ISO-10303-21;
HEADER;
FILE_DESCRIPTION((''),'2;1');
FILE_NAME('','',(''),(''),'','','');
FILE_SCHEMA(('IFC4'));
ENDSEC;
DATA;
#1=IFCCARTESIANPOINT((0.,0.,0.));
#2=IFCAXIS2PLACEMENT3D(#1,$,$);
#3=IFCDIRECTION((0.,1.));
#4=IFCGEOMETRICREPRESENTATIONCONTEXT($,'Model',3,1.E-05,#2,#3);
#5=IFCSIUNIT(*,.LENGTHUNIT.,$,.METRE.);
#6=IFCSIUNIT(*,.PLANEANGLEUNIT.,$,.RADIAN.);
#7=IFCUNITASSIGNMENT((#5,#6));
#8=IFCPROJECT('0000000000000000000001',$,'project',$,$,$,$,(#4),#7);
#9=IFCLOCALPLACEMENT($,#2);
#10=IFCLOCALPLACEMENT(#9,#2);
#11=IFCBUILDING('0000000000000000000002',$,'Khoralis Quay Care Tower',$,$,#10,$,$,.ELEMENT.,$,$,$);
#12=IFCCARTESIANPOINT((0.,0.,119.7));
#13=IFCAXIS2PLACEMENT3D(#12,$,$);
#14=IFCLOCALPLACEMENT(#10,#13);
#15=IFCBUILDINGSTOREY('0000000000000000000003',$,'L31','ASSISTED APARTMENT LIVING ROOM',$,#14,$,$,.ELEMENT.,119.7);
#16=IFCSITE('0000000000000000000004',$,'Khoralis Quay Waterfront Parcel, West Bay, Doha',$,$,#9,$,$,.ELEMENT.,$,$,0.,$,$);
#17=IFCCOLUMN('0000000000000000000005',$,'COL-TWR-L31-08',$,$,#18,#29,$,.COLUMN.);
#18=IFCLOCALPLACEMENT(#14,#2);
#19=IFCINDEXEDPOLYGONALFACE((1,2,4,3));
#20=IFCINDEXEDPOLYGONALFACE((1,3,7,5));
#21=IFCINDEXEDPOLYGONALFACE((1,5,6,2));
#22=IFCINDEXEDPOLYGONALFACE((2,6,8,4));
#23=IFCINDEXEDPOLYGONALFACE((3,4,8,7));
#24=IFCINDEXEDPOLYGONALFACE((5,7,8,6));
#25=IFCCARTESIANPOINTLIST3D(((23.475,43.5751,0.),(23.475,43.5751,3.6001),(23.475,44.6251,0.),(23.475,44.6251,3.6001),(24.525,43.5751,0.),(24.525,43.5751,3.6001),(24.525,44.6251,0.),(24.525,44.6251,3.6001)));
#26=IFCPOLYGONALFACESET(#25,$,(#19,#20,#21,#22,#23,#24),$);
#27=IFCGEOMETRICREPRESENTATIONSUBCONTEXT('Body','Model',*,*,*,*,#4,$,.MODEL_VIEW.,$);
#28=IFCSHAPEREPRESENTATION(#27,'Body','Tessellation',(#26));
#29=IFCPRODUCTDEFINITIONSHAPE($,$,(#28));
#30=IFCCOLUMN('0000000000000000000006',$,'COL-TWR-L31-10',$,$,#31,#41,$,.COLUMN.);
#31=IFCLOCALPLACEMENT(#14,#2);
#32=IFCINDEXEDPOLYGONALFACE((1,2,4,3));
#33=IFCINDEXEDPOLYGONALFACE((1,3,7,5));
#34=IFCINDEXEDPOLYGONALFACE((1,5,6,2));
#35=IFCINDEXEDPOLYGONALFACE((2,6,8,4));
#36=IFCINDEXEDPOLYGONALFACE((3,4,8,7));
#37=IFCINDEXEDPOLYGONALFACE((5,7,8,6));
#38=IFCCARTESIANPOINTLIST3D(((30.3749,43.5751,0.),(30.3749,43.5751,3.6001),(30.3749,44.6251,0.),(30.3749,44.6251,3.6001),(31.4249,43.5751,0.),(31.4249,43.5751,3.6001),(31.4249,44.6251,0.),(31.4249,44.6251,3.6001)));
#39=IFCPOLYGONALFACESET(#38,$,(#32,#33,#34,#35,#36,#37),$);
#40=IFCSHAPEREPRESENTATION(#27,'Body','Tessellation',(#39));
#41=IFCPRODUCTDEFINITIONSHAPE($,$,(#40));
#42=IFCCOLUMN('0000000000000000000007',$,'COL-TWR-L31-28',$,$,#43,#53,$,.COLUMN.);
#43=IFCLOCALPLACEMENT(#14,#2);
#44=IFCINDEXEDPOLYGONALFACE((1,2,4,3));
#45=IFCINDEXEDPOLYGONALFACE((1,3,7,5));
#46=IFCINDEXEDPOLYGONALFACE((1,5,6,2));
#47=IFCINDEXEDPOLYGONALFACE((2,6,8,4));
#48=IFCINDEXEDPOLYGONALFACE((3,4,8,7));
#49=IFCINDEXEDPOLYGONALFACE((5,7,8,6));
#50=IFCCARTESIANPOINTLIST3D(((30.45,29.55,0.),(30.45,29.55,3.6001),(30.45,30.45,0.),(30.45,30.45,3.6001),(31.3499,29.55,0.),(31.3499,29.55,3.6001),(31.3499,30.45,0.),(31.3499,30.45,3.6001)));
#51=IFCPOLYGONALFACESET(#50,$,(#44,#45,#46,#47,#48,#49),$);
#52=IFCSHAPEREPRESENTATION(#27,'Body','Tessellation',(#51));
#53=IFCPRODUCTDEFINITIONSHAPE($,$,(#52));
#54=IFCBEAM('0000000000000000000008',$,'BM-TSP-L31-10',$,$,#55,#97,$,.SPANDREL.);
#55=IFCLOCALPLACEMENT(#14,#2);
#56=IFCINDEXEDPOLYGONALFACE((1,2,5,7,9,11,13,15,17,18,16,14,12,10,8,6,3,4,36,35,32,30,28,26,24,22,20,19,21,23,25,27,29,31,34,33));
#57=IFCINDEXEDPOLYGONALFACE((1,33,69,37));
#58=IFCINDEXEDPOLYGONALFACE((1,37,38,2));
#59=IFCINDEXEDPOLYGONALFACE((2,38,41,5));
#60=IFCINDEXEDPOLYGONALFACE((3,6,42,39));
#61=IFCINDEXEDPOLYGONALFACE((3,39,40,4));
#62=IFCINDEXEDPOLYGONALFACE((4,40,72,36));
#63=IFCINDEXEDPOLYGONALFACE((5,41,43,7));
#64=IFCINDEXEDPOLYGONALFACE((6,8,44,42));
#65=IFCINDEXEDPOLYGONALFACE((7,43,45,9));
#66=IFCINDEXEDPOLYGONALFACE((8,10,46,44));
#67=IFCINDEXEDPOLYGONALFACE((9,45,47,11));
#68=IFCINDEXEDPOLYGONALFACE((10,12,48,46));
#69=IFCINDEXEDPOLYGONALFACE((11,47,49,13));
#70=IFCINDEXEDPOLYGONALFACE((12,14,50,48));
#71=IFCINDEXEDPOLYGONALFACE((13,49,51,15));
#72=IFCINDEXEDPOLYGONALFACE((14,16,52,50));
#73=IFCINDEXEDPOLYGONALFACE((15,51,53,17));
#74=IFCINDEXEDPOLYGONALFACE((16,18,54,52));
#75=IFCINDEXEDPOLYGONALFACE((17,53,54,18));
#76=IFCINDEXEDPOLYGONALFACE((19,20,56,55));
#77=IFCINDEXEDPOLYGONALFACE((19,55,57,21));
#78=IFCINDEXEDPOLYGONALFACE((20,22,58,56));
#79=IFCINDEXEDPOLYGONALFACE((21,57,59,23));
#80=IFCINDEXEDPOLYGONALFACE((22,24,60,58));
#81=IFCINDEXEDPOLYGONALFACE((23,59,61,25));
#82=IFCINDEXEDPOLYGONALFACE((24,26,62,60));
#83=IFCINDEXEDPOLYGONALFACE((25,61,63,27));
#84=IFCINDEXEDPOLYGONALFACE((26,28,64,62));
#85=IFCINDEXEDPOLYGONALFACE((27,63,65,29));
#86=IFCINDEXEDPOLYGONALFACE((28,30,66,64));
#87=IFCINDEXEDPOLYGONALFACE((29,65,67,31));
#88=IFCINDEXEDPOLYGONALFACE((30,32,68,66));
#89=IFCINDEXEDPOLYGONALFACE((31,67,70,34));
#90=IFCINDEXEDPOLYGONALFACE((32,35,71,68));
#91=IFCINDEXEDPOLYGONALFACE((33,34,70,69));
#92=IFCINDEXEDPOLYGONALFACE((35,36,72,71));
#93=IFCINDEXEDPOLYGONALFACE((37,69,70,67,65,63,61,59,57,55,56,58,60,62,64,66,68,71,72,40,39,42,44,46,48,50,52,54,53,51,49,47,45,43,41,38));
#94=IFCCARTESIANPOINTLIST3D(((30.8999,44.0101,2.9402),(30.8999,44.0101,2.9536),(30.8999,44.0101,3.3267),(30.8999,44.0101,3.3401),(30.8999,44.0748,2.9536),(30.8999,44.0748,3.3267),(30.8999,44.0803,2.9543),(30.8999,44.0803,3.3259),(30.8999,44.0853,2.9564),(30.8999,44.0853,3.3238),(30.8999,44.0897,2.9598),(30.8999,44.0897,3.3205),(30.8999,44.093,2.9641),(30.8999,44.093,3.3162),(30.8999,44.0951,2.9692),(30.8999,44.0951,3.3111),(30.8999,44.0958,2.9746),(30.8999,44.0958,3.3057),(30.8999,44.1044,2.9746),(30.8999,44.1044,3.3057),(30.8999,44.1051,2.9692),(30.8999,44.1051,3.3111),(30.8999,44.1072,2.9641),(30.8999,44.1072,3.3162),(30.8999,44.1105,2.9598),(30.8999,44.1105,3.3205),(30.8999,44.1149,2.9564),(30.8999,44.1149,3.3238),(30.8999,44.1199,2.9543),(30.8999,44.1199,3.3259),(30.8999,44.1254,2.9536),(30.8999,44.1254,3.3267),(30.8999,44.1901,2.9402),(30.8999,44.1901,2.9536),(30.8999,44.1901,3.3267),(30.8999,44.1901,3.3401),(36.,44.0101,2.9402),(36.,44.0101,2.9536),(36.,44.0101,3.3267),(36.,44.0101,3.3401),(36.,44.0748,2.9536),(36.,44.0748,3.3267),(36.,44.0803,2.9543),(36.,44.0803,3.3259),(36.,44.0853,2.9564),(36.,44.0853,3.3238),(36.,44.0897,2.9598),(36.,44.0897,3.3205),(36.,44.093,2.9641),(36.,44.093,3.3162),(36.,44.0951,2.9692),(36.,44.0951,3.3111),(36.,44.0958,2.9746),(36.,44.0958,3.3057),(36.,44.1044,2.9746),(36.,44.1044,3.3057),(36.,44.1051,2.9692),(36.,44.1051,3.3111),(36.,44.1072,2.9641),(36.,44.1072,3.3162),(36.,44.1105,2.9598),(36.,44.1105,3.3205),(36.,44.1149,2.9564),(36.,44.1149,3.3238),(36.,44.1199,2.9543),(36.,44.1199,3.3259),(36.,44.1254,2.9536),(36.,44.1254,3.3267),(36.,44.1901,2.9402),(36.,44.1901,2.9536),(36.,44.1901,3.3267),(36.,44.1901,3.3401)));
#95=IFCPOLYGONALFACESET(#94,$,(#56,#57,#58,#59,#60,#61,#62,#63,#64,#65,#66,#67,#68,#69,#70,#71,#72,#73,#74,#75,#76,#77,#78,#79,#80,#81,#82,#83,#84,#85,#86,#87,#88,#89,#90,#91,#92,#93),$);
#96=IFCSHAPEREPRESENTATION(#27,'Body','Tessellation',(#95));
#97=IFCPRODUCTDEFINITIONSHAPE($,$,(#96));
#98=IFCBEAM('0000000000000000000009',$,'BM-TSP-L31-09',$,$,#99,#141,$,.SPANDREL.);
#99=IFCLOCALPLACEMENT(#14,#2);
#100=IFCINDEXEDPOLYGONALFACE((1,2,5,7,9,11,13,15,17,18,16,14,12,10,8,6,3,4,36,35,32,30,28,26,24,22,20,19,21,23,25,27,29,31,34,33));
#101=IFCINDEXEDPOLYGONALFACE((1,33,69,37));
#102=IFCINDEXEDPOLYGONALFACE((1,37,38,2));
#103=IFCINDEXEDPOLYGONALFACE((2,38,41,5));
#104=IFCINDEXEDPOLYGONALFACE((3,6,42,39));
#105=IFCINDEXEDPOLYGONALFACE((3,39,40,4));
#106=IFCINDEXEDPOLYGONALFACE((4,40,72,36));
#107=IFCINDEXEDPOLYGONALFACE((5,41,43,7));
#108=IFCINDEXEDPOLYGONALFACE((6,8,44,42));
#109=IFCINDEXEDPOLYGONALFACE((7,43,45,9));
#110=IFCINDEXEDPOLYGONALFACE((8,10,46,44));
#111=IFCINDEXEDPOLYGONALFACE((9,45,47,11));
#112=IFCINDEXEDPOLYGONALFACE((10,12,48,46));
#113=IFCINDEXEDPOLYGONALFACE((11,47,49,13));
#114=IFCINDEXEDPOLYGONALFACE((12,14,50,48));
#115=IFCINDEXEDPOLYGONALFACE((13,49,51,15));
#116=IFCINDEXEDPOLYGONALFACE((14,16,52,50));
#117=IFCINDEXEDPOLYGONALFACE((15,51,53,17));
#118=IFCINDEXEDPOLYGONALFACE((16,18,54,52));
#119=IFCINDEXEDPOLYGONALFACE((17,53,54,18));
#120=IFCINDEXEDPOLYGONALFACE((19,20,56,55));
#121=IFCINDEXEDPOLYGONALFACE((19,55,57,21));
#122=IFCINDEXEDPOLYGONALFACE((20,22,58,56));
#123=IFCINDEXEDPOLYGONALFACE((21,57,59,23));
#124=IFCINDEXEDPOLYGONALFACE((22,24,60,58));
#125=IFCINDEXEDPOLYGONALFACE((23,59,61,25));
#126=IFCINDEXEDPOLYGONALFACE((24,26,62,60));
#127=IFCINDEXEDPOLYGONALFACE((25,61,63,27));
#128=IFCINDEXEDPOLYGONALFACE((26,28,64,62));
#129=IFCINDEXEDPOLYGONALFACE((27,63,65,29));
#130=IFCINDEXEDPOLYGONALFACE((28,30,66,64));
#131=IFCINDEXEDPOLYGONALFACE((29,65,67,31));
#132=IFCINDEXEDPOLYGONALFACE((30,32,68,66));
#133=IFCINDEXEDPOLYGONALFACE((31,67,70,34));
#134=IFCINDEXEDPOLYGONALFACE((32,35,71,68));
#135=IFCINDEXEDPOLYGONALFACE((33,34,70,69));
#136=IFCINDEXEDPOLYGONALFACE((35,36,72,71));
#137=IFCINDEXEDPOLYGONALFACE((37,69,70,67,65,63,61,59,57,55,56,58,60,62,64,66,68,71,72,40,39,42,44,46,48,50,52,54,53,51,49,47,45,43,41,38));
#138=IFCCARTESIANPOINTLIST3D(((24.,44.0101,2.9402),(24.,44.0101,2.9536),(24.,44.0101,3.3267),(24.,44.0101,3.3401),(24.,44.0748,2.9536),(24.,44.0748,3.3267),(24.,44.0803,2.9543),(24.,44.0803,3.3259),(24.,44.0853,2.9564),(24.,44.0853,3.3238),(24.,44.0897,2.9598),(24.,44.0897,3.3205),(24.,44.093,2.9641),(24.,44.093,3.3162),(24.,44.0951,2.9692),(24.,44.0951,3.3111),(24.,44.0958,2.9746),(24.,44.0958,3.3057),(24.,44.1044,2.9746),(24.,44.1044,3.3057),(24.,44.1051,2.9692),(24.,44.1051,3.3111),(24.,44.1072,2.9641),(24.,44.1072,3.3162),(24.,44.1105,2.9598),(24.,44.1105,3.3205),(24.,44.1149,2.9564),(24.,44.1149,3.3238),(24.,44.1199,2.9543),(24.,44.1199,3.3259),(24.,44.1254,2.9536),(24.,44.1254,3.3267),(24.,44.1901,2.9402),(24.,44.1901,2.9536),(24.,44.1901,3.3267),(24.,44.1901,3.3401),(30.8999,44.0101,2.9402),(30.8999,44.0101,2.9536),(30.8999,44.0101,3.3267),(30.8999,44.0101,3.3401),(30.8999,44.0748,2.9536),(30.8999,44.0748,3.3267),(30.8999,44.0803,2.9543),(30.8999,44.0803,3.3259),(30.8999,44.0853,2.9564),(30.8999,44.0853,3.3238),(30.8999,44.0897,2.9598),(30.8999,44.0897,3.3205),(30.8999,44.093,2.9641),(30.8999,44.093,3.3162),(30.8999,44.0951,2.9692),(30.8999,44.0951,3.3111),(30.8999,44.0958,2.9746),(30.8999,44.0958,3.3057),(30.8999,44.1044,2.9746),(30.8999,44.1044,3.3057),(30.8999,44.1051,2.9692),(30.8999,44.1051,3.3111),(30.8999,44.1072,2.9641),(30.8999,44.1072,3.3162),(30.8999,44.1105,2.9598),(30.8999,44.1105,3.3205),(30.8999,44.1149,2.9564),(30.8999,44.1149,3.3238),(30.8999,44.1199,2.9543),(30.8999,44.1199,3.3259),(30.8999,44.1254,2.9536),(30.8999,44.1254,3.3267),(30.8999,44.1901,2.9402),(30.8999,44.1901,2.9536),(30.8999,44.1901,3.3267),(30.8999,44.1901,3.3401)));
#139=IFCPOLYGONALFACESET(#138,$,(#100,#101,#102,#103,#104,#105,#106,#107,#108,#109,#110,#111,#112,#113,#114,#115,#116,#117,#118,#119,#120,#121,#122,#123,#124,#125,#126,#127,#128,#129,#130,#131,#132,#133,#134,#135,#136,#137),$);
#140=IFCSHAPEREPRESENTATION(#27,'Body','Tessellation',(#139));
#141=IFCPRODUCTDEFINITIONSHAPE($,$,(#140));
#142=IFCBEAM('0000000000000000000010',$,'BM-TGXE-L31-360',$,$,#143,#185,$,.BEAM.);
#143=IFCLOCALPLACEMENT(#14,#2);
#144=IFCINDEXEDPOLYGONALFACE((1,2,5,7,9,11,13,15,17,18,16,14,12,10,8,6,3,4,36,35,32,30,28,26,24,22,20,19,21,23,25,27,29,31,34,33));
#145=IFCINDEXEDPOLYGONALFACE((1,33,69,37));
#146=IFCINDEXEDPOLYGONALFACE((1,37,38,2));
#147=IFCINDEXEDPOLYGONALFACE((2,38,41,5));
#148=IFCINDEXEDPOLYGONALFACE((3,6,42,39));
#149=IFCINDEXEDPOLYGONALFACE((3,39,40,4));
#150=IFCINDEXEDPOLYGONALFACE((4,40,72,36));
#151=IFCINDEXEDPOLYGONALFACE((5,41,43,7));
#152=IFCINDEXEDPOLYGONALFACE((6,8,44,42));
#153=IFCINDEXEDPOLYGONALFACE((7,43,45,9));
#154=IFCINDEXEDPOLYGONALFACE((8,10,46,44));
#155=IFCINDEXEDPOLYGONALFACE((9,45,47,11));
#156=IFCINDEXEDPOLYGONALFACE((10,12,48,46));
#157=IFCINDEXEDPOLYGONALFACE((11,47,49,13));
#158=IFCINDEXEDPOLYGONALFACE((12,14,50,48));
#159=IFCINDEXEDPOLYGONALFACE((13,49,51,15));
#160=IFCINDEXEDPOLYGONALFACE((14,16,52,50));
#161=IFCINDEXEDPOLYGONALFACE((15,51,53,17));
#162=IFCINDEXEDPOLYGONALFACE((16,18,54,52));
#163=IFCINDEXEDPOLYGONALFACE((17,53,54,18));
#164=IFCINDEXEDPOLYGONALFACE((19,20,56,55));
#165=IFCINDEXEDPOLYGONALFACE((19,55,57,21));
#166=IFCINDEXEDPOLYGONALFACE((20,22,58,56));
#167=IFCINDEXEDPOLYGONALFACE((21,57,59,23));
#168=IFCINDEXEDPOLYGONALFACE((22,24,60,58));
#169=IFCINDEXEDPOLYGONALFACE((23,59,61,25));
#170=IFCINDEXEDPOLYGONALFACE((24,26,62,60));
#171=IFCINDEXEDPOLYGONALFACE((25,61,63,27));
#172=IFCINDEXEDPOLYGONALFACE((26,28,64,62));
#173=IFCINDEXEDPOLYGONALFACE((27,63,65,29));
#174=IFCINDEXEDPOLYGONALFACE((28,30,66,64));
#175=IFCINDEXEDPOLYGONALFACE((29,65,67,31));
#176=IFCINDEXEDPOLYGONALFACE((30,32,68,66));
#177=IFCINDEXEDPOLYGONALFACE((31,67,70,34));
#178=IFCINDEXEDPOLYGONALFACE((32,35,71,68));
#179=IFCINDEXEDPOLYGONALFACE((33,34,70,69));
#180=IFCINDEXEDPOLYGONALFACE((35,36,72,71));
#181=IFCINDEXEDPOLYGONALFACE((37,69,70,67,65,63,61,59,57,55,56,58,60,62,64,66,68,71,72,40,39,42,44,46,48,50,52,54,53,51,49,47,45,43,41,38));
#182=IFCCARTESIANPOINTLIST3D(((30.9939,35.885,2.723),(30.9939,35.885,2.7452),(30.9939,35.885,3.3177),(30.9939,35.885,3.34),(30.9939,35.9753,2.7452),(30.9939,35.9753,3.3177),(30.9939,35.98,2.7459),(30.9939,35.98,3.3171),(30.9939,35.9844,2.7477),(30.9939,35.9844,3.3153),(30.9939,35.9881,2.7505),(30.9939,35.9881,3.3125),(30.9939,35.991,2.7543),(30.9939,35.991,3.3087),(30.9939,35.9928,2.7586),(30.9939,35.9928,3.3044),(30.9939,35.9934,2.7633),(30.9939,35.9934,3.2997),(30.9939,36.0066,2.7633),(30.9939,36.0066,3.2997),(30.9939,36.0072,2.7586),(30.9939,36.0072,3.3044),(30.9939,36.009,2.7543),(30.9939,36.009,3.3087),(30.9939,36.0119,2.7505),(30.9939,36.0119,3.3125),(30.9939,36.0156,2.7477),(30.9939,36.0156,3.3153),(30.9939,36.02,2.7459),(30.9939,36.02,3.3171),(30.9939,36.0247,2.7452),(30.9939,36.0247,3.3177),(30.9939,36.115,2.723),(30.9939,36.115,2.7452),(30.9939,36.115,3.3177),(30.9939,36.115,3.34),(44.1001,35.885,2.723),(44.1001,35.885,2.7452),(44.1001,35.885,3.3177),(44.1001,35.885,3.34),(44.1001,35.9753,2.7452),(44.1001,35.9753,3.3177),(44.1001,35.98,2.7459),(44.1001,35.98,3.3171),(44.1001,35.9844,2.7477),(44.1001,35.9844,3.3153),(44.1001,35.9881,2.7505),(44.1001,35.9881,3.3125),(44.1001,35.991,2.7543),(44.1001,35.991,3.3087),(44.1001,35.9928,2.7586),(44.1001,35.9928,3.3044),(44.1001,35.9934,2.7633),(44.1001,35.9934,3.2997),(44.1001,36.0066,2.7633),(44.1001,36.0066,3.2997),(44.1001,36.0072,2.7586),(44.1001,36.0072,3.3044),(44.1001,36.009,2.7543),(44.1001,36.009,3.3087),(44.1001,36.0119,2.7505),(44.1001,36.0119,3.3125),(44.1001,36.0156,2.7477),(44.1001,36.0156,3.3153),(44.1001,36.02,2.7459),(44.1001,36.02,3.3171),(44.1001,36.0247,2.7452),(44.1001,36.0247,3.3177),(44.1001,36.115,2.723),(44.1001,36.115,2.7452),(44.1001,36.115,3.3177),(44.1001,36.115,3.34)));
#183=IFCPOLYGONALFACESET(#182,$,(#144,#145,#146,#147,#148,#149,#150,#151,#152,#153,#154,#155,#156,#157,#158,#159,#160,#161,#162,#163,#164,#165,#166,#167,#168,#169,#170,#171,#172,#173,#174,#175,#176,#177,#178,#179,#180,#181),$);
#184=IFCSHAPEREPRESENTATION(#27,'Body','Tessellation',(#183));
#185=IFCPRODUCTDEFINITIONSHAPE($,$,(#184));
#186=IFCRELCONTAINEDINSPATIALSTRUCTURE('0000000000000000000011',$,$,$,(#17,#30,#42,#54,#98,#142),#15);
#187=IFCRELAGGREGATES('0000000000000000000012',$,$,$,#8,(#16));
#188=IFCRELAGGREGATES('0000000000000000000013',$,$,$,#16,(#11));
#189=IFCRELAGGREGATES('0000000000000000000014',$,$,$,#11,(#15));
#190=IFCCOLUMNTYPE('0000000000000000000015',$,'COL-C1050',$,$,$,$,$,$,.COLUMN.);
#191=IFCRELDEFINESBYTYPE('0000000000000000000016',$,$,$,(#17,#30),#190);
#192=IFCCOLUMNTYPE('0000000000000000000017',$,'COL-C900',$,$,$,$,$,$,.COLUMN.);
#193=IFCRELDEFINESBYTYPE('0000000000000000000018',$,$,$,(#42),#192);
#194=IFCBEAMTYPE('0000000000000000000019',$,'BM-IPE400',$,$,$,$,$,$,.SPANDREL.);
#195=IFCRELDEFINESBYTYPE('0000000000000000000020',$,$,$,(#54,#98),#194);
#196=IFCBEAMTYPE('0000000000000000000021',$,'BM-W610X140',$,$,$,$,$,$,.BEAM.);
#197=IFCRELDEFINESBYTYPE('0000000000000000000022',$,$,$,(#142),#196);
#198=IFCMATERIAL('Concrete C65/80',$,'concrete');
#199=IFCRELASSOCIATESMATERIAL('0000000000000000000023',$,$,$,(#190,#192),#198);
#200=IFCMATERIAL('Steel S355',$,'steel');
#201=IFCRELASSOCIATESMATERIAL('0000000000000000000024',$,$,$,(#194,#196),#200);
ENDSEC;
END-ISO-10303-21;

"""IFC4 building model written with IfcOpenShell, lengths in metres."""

from ifc_helpers import new_model, si_unit, direction, frame, origin, origin_2d, place, context, subcontext, project, spatial, rectangle, i_section, extrude, source, transform, mapped, material, material_profile, profile_set, type_object, element, save


model = new_model("IFC4")

# Units and contexts
model_context = context("Model", 3, precision=1e-05, world=origin(), true_north=direction((0.0, 1.0)))
body_context = subcontext(model_context, "Body", "Model", "MODEL_VIEW")
ifc_project = project(units=[si_unit("LENGTHUNIT", "METRE"), si_unit("PLANEANGLEUNIT", "RADIAN")], contexts=[model_context])

# Site, building, storey
site_placement = place(None, origin())
site = spatial("IfcSite", under=ifc_project, at=site_placement, Name="Khoralis Quay Waterfront Parcel, West Bay, Doha", CompositionType="ELEMENT", RefElevation=0.0)
building_placement = place(site_placement, origin())
building = spatial("IfcBuilding", under=site, at=building_placement, Name="Khoralis Quay Care Tower", CompositionType="ELEMENT")
storey_placement = place(building_placement, frame((0.0, 0.0, 119.7)))
storey = spatial("IfcBuildingStorey", under=building, at=storey_placement, Name="L31", Description="ASSISTED APARTMENT LIVING ROOM", CompositionType="ELEMENT", Elevation=119.7)

# Columns
ifc_material_1 = material(Name="Concrete C65/80", Category="concrete")
ifc_material_profile_1 = material_profile(ifc_material_1, rectangle(XDim=1.05, YDim=1.05, at=origin_2d()), Name="Concrete C65/80")
ifc_profile_set_1 = profile_set([ifc_material_profile_1], Name="Concrete C65/80")
column_type_1 = type_object("IfcColumnType", Name="COL-C1050", PredefinedType="COLUMN", material=ifc_profile_set_1)
shared_shape_1 = source(origin(), body_context, "Body", "SweptSolid", [
    extrude(rectangle(XDim=1.05, YDim=1.05, at=origin_2d()), origin(), (0.0, 0.0, 1.0), 3.6001),
])
for number, where, z_axis, x_axis, name in (
    (1, (24.0, 44.1001, 0.0), (0.0, 0.0, 1.0), (1.0, 0.0, 0.0), "COL-TWR-L31-08"),
    (2, (30.8999, 44.1001, 0.0), (0.0, 0.0, 1.0), (1.0, 0.0, 0.0), "COL-TWR-L31-10"),
):
    element("IfcColumn", number, at=place(storey_placement, frame(where, z_axis=z_axis, x_axis=x_axis)), inside=storey, type_object=column_type_1, Name=name, PredefinedType="COLUMN", context=body_context, shape_type="MappedRepresentation", body=[
        mapped(shared_shape_1, transform((0.0, 0.0, 0.0), scale=1.0)),
    ])
ifc_material_profile_2 = material_profile(ifc_material_1, rectangle(XDim=0.8999, YDim=0.8999, at=origin_2d()), Name="Concrete C65/80")
ifc_profile_set_2 = profile_set([ifc_material_profile_2], Name="Concrete C65/80")
column_type_2 = type_object("IfcColumnType", Name="COL-C900", PredefinedType="COLUMN", material=ifc_profile_set_2)
shared_shape_2 = source(origin(), body_context, "Body", "SweptSolid", [
    extrude(rectangle(XDim=0.8999, YDim=0.8999, at=origin_2d()), origin(), (0.0, 0.0, 1.0), 3.6001),
])
column_placement = place(storey_placement, frame((30.8999, 30.0, 0.0), z_axis=(0.0, 0.0, 1.0), x_axis=(1.0, 0.0, 0.0)))
element("IfcColumn", 3, at=column_placement, inside=storey, type_object=column_type_2, Name="COL-TWR-L31-28", PredefinedType="COLUMN", context=body_context, shape_type="MappedRepresentation", body=[
    mapped(shared_shape_2, transform((0.0, 0.0, 0.0), scale=1.0)),
])

# Beams
ifc_material_2 = material(Name="Steel S355", Category="steel")
ifc_material_profile_3 = material_profile(ifc_material_2, i_section(OverallWidth=0.1799, OverallDepth=0.3999, WebThickness=0.0085, FlangeThickness=0.0134, FilletRadius=0.021, at=origin_2d()), Name="Steel S355")
ifc_profile_set_3 = profile_set([ifc_material_profile_3], Name="Steel S355")
beam_type_1 = type_object("IfcBeamType", Name="BM-IPE400", PredefinedType="SPANDREL", material=ifc_profile_set_3)
shared_shape_3 = source(origin(), body_context, "Body", "SweptSolid", [
    extrude(i_section(OverallWidth=0.1799, OverallDepth=0.3999, WebThickness=0.0085, FlangeThickness=0.0134, FilletRadius=0.021, at=origin_2d()), origin(), (0.0, 0.0, 1.0), 5.1001),
])
beam_1_placement = place(storey_placement, frame((30.8999, 44.1001, 3.1401), z_axis=(1.0, 0.0, 0.0), x_axis=(0.0, 1.0, 0.0)))
element("IfcBeam", 4, at=beam_1_placement, inside=storey, type_object=beam_type_1, Name="BM-TSP-L31-10", PredefinedType="SPANDREL", context=body_context, shape_type="MappedRepresentation", body=[
    mapped(shared_shape_3, transform((0.0, 0.0, 0.0), scale=1.0)),
])
shared_shape_4 = source(origin(), body_context, "Body", "SweptSolid", [
    extrude(i_section(OverallWidth=0.1799, OverallDepth=0.3999, WebThickness=0.0085, FlangeThickness=0.0134, FilletRadius=0.021, at=origin_2d()), origin(), (0.0, 0.0, 1.0), 6.8999),
])
beam_2_placement = place(storey_placement, frame((24.0, 44.1001, 3.1401), z_axis=(1.0, 0.0, 0.0), x_axis=(0.0, 1.0, 0.0)))
element("IfcBeam", 5, at=beam_2_placement, inside=storey, type_object=beam_type_1, Name="BM-TSP-L31-09", PredefinedType="SPANDREL", context=body_context, shape_type="MappedRepresentation", body=[
    mapped(shared_shape_4, transform((0.0, 0.0, 0.0), scale=1.0)),
])
ifc_material_profile_4 = material_profile(ifc_material_2, i_section(OverallWidth=0.23, OverallDepth=0.6169, WebThickness=0.0132, FlangeThickness=0.0222, FilletRadius=0.0181, at=origin_2d()), Name="Steel S355")
ifc_profile_set_4 = profile_set([ifc_material_profile_4], Name="Steel S355")
beam_type_2 = type_object("IfcBeamType", Name="BM-W610X140", PredefinedType="BEAM", material=ifc_profile_set_4)
shared_shape_5 = source(origin(), body_context, "Body", "SweptSolid", [
    extrude(i_section(OverallWidth=0.23, OverallDepth=0.6169, WebThickness=0.0132, FlangeThickness=0.0222, FilletRadius=0.0181, at=origin_2d()), origin(), (0.0, 0.0, 1.0), 13.1062),
])
beam_3_placement = place(storey_placement, frame((30.9939, 36.0, 3.0315), z_axis=(1.0, 0.0, 0.0), x_axis=(0.0, 1.0, 0.0)))
element("IfcBeam", 6, at=beam_3_placement, inside=storey, type_object=beam_type_2, Name="BM-TGXE-L31-360", PredefinedType="BEAM", context=body_context, shape_type="MappedRepresentation", body=[
    mapped(shared_shape_5, transform((0.0, 0.0, 0.0), scale=1.0)),
])

save(model, "model.ifc")
